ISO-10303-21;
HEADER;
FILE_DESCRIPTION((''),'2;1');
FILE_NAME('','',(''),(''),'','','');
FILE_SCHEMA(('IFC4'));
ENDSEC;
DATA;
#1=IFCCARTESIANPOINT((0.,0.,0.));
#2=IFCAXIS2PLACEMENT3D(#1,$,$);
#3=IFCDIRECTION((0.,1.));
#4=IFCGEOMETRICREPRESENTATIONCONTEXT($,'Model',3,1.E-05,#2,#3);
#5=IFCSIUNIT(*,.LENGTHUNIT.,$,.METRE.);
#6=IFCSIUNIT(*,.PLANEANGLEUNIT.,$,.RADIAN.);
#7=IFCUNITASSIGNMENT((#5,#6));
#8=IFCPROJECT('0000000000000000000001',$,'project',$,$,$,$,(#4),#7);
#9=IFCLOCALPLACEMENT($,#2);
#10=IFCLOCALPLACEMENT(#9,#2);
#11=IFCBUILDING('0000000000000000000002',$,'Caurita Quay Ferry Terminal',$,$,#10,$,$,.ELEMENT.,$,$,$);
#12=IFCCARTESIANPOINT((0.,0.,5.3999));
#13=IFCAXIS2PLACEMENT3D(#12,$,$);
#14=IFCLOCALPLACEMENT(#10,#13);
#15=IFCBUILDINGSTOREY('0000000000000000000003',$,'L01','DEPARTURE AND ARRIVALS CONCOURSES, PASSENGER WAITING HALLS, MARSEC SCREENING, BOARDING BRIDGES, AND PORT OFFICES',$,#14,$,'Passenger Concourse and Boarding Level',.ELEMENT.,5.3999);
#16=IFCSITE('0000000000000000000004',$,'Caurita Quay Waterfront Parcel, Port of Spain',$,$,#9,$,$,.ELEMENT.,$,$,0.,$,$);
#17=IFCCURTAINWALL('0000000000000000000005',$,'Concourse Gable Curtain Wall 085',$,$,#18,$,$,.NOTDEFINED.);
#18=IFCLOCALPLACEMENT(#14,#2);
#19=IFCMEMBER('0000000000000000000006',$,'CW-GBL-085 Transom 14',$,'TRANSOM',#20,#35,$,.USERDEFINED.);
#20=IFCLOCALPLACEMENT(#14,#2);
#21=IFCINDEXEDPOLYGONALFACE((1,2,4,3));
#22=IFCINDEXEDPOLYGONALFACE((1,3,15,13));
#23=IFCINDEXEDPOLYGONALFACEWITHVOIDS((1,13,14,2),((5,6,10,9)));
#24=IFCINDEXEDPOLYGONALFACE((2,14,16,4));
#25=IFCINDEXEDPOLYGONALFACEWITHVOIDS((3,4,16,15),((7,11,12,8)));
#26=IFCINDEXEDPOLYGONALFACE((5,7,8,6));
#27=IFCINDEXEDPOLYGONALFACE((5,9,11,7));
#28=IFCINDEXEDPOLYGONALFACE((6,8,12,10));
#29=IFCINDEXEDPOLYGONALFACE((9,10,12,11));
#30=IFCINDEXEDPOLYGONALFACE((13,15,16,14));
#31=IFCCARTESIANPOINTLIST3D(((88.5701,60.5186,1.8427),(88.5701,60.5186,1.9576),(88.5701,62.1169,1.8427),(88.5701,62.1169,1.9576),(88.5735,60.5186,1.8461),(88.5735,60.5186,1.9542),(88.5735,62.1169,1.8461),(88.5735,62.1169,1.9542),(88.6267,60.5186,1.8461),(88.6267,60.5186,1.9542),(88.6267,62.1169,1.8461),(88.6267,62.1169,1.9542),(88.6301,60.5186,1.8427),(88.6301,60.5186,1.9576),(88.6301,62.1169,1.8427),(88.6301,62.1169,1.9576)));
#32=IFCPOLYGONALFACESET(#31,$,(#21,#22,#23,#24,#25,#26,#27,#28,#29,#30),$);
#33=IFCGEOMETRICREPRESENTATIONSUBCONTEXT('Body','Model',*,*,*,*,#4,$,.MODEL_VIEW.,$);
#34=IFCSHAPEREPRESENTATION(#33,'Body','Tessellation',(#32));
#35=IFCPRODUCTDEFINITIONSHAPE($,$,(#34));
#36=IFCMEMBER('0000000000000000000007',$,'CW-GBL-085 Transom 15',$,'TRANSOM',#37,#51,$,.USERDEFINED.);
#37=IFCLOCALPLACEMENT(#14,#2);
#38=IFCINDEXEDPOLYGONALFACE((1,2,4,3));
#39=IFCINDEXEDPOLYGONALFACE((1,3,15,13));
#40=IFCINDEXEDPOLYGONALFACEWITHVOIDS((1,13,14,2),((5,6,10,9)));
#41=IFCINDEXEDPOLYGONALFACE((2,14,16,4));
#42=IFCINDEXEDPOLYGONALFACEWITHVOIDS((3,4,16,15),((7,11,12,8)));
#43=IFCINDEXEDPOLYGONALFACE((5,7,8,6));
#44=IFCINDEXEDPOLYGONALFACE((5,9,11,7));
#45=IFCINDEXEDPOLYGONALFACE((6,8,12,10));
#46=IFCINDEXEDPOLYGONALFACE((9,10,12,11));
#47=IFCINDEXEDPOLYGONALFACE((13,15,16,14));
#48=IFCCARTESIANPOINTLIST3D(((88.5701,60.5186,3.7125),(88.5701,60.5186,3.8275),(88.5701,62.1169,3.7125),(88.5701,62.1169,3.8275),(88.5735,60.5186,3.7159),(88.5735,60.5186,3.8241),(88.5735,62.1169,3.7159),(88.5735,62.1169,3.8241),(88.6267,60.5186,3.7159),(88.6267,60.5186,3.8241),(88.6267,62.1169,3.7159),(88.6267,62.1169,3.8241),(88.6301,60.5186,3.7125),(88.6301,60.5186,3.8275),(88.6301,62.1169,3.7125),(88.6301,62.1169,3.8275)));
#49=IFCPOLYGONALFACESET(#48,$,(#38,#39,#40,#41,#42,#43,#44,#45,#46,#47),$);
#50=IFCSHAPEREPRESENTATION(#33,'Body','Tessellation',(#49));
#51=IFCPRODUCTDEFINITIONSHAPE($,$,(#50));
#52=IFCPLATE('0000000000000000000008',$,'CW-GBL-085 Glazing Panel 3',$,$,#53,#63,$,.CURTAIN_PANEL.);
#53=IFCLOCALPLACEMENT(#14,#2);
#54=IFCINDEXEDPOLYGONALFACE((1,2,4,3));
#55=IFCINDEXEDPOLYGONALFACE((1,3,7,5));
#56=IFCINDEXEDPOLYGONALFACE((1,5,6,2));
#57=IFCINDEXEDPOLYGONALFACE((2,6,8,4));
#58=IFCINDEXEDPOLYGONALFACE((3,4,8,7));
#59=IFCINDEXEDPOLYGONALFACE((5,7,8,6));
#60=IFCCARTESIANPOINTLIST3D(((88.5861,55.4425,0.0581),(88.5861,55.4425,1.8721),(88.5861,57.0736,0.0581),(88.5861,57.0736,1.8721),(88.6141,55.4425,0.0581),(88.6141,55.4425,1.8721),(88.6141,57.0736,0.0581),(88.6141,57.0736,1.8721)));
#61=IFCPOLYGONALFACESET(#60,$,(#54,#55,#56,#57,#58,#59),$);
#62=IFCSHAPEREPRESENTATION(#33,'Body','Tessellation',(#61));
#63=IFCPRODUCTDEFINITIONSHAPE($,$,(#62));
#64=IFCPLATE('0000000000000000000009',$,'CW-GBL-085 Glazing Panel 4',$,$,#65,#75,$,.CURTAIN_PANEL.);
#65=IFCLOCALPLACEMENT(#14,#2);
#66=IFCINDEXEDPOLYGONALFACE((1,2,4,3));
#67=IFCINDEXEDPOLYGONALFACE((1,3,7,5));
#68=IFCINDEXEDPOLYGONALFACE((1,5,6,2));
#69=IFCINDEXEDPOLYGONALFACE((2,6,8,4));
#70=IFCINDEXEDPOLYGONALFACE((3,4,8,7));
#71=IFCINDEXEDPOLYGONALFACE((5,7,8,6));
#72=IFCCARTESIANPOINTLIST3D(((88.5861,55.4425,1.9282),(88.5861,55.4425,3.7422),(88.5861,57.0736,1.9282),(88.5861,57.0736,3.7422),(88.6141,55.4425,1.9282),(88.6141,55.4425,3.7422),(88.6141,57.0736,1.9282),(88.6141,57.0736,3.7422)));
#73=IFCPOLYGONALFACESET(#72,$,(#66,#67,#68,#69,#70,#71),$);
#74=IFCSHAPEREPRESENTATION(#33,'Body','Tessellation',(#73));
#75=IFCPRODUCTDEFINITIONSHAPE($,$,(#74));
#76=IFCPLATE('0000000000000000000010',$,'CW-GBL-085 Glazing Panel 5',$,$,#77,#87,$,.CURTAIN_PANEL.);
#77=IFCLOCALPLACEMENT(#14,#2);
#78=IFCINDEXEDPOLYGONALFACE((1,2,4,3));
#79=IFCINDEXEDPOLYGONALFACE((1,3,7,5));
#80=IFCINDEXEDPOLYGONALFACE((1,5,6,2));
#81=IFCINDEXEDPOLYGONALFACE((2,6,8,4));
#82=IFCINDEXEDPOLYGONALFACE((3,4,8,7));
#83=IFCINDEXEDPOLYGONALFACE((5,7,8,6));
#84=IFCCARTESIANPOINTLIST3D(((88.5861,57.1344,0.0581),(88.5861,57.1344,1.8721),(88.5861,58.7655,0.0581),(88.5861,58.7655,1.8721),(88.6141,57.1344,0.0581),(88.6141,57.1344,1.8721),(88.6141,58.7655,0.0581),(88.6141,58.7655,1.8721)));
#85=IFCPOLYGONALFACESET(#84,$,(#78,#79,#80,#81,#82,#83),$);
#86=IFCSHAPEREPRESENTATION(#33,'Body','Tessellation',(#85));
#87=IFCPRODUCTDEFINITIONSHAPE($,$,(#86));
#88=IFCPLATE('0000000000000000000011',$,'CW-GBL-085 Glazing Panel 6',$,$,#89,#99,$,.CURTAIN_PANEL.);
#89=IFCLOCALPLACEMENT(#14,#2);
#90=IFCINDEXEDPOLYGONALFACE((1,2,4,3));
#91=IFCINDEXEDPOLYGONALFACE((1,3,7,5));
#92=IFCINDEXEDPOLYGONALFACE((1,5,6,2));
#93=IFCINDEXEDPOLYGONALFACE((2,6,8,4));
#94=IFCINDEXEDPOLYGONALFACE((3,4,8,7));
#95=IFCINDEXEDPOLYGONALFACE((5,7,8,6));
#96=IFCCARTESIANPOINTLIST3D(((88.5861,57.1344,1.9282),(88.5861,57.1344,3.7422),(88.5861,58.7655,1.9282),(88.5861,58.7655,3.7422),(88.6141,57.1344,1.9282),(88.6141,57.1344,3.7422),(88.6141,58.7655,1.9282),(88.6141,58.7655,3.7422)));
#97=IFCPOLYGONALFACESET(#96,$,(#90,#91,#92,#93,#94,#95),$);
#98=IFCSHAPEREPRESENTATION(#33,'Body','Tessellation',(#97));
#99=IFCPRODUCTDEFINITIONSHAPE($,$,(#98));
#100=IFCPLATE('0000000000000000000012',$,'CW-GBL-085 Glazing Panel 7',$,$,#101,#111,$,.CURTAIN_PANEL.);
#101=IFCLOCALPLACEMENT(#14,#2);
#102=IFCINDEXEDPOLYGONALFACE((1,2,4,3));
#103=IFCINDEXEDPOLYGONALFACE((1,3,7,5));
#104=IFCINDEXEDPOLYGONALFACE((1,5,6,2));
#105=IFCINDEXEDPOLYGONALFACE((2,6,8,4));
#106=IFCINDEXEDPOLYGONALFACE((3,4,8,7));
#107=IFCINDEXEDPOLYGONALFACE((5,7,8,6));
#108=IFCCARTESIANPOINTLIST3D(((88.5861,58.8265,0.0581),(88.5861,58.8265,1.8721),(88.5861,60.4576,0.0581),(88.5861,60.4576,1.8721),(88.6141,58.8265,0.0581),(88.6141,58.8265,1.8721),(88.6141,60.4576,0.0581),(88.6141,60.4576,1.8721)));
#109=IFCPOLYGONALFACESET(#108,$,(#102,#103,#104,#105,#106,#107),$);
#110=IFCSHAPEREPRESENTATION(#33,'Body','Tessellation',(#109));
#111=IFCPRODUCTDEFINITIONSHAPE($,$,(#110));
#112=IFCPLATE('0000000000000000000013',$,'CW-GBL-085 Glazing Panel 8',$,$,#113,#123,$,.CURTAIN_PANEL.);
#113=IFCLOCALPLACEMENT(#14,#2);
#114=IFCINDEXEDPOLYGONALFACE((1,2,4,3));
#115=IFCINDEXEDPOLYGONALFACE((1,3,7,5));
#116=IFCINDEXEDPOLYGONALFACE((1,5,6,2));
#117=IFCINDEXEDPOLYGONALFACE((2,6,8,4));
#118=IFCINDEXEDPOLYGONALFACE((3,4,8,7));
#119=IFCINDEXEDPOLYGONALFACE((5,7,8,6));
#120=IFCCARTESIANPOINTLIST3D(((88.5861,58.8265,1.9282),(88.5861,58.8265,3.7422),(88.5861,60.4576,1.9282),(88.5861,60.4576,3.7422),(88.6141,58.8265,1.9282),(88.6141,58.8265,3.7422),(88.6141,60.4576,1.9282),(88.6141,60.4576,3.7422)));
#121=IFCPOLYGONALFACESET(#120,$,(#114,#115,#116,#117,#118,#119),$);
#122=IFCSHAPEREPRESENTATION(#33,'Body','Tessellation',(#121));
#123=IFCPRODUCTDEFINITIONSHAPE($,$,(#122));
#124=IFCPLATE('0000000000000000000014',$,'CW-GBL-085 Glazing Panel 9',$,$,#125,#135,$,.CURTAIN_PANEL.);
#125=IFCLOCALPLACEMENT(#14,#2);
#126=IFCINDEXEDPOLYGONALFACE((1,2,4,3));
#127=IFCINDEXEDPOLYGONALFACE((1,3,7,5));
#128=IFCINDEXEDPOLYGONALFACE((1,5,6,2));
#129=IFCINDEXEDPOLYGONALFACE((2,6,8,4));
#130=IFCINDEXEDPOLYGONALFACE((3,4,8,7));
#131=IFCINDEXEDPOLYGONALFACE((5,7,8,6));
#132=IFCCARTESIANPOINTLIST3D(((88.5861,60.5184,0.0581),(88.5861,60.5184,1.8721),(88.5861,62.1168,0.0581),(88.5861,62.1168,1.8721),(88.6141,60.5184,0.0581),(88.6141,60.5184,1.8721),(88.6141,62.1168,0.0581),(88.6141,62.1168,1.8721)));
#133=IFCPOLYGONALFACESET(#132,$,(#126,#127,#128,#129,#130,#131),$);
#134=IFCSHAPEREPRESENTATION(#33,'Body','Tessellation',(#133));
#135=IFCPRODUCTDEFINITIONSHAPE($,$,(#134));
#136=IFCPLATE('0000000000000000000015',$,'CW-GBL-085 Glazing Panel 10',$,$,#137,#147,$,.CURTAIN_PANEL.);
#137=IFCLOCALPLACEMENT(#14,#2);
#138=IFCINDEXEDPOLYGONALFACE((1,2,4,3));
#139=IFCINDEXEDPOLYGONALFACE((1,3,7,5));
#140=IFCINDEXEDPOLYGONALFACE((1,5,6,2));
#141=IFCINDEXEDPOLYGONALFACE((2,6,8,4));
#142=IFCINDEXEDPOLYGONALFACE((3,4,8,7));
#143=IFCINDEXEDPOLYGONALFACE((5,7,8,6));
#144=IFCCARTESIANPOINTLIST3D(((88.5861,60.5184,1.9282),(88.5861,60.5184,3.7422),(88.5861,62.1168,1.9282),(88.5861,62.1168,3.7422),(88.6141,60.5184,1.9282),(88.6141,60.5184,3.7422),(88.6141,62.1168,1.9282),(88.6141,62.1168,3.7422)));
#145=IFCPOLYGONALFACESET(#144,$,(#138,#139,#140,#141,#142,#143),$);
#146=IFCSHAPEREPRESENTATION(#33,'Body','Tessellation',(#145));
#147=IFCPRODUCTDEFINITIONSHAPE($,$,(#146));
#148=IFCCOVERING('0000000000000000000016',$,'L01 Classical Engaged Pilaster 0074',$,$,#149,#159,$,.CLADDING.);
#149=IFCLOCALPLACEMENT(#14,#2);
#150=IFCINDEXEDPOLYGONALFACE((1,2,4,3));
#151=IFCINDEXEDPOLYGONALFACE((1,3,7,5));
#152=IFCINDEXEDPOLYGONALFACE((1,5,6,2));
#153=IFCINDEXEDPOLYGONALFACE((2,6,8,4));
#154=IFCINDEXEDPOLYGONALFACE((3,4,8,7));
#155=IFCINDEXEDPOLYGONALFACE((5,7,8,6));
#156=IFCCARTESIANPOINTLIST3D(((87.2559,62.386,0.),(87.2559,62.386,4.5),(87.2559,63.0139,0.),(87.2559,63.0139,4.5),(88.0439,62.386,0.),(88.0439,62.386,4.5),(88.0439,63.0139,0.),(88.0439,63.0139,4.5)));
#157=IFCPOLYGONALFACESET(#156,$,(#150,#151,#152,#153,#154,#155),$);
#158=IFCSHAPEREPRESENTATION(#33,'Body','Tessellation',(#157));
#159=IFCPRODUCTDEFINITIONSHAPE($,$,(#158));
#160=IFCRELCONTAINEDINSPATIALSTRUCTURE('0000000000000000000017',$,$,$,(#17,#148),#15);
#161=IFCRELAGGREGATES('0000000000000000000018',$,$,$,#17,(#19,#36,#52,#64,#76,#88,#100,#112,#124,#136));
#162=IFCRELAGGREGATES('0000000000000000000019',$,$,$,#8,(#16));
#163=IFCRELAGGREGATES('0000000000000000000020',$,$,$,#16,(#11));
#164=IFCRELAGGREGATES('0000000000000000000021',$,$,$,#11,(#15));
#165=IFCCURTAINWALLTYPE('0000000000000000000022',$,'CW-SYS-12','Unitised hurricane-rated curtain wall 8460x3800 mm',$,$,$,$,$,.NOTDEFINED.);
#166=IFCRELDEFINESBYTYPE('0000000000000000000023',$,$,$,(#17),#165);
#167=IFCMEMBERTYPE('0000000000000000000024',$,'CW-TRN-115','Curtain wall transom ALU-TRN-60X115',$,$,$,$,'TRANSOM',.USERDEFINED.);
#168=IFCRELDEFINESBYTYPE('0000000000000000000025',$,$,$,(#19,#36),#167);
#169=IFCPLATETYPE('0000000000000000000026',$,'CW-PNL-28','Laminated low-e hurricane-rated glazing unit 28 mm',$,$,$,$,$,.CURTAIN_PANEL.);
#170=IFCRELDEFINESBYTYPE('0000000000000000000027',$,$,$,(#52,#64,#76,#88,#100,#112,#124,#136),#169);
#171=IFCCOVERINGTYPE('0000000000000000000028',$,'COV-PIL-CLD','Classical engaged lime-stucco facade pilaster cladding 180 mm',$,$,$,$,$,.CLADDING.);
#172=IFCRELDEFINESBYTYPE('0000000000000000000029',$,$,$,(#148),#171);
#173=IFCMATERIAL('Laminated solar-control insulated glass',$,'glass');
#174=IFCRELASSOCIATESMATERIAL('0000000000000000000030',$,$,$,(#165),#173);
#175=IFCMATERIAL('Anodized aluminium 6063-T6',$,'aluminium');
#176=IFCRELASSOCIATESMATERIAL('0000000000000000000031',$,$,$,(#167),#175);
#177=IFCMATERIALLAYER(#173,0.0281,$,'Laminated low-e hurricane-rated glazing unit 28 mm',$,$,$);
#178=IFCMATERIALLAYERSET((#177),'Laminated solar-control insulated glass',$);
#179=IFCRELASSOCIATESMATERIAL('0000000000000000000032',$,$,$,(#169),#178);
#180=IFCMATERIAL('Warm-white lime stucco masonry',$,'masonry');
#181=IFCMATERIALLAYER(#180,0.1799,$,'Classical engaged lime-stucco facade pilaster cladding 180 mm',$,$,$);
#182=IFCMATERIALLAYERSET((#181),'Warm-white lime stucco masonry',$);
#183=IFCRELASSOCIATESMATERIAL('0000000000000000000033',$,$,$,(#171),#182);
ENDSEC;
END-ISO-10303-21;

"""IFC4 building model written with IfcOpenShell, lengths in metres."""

from ifc_helpers import new_model, si_unit, direction, frame, origin, origin_2d, place, context, subcontext, project, spatial, rectangle, hollow_rectangle, extrude, material, layer, layer_set, material_profile, profile_set, type_object, element, aggregate, save


model = new_model("IFC4")

# Units and contexts
model_context = context("Model", 3, precision=1e-05, world=origin(), true_north=direction((0.0, 1.0)))
body_context = subcontext(model_context, "Body", "Model", "MODEL_VIEW")
ifc_project = project(units=[si_unit("LENGTHUNIT", "METRE"), si_unit("PLANEANGLEUNIT", "RADIAN")], contexts=[model_context])

# Site, building, storey
site_placement = place(None, origin())
site = spatial("IfcSite", under=ifc_project, at=site_placement, Name="Caurita Quay Waterfront Parcel, Port of Spain", CompositionType="ELEMENT", RefElevation=0.0)
building_placement = place(site_placement, origin())
building = spatial("IfcBuilding", under=site, at=building_placement, Name="Caurita Quay Ferry Terminal", CompositionType="ELEMENT")
storey_placement = place(building_placement, frame((0.0, 0.0, 5.3999)))
storey = spatial("IfcBuildingStorey", under=building, at=storey_placement, Name="L01", Description="DEPARTURE AND ARRIVALS CONCOURSES, PASSENGER WAITING HALLS, MARSEC SCREENING, BOARDING BRIDGES, AND PORT OFFICES", LongName="Passenger Concourse and Boarding Level", CompositionType="ELEMENT", Elevation=5.3999)

# Curtain wall, members, plates
ifc_material_1 = material(Name="Laminated solar-control insulated glass", Category="glass")
curtain_wall_type = type_object("IfcCurtainWallType", Name="CW-SYS-12", Description="Unitised hurricane-rated curtain wall 8460x3800 mm", PredefinedType="NOTDEFINED", material=ifc_material_1)
curtain_wall_placement = place(storey_placement, origin())
curtain_wall = element("IfcCurtainWall", 1, at=curtain_wall_placement, inside=storey, type_object=curtain_wall_type, Name="Concourse Gable Curtain Wall 085", PredefinedType="NOTDEFINED")
ifc_material_2 = material(Name="Anodized aluminium 6063-T6", Category="aluminium")
ifc_material_profile_1 = material_profile(ifc_material_2, hollow_rectangle(XDim=0.0601, YDim=0.115, WallThickness=0.0034, at=origin_2d()), Name="ALU-TRN-60X115")
ifc_profile_set_1 = profile_set([ifc_material_profile_1], Name="Anodized aluminium 6063-T6")
member_type_1 = type_object("IfcMemberType", Name="CW-TRN-115", Description="Curtain wall transom ALU-TRN-60X115", ElementType="TRANSOM", PredefinedType="USERDEFINED", material=ifc_profile_set_1)
member_1_placement = place(storey_placement, frame((88.6001, 60.5186, 1.9001), z_axis=(0.0, 1.0, 0.0), x_axis=(-1.0, 0.0, 0.0)))
member_1 = element("IfcMember", 2, at=member_1_placement, type_object=member_type_1, Name="CW-GBL-085 Transom 14", ObjectType="TRANSOM", PredefinedType="USERDEFINED", context=body_context, shape_type="SweptSolid", body=[
    extrude(hollow_rectangle(XDim=0.0601, YDim=0.115, WallThickness=0.0034, at=origin_2d()), origin(), (0.0, 0.0, 1.0), 1.5984),
])
member_2_placement = place(storey_placement, frame((88.6001, 60.5186, 3.77), z_axis=(0.0, 1.0, 0.0), x_axis=(-1.0, 0.0, 0.0)))
member_2 = element("IfcMember", 3, at=member_2_placement, type_object=member_type_1, Name="CW-GBL-085 Transom 15", ObjectType="TRANSOM", PredefinedType="USERDEFINED", context=body_context, shape_type="SweptSolid", body=[
    extrude(hollow_rectangle(XDim=0.0601, YDim=0.115, WallThickness=0.0034, at=origin_2d()), origin(), (0.0, 0.0, 1.0), 1.5984),
])
ifc_layer_1 = layer(ifc_material_1, 0.0281, Name="Laminated low-e hurricane-rated glazing unit 28 mm")
ifc_layer_set_1 = layer_set([ifc_layer_1], Name="Laminated solar-control insulated glass")
plate_type = type_object("IfcPlateType", Name="CW-PNL-28", Description="Laminated low-e hurricane-rated glazing unit 28 mm", PredefinedType="CURTAIN_PANEL", material=ifc_layer_set_1)
plate_1_placement = place(storey_placement, frame((88.6001, 56.2581, 0.0581), z_axis=(0.0, 0.0, 1.0), x_axis=(0.0, 1.0, 0.0)))
plate_1 = element("IfcPlate", 4, at=plate_1_placement, type_object=plate_type, Name="CW-GBL-085 Glazing Panel 3", PredefinedType="CURTAIN_PANEL", context=body_context, shape_type="SweptSolid", body=[
    extrude(rectangle(XDim=1.6311, YDim=0.0281, at=origin_2d()), origin(), (0.0, 0.0, 1.0), 1.814),
])
plate_2_placement = place(storey_placement, frame((88.6001, 56.2581, 1.9282), z_axis=(0.0, 0.0, 1.0), x_axis=(0.0, 1.0, 0.0)))
plate_2 = element("IfcPlate", 5, at=plate_2_placement, type_object=plate_type, Name="CW-GBL-085 Glazing Panel 4", PredefinedType="CURTAIN_PANEL", context=body_context, shape_type="SweptSolid", body=[
    extrude(rectangle(XDim=1.6311, YDim=0.0281, at=origin_2d()), origin(), (0.0, 0.0, 1.0), 1.814),
])
plate_3_placement = place(storey_placement, frame((88.6001, 57.95, 0.0581), z_axis=(0.0, 0.0, 1.0), x_axis=(0.0, 1.0, 0.0)))
plate_3 = element("IfcPlate", 6, at=plate_3_placement, type_object=plate_type, Name="CW-GBL-085 Glazing Panel 5", PredefinedType="CURTAIN_PANEL", context=body_context, shape_type="SweptSolid", body=[
    extrude(rectangle(XDim=1.6311, YDim=0.0281, at=origin_2d()), origin(), (0.0, 0.0, 1.0), 1.814),
])
plate_4_placement = place(storey_placement, frame((88.6001, 57.95, 1.9282), z_axis=(0.0, 0.0, 1.0), x_axis=(0.0, 1.0, 0.0)))
plate_4 = element("IfcPlate", 7, at=plate_4_placement, type_object=plate_type, Name="CW-GBL-085 Glazing Panel 6", PredefinedType="CURTAIN_PANEL", context=body_context, shape_type="SweptSolid", body=[
    extrude(rectangle(XDim=1.6311, YDim=0.0281, at=origin_2d()), origin(), (0.0, 0.0, 1.0), 1.814),
])
plate_5_placement = place(storey_placement, frame((88.6001, 59.6421, 0.0581), z_axis=(0.0, 0.0, 1.0), x_axis=(0.0, 1.0, 0.0)))
plate_5 = element("IfcPlate", 8, at=plate_5_placement, type_object=plate_type, Name="CW-GBL-085 Glazing Panel 7", PredefinedType="CURTAIN_PANEL", context=body_context, shape_type="SweptSolid", body=[
    extrude(rectangle(XDim=1.6311, YDim=0.0281, at=origin_2d()), origin(), (0.0, 0.0, 1.0), 1.814),
])
plate_6_placement = place(storey_placement, frame((88.6001, 59.6421, 1.9282), z_axis=(0.0, 0.0, 1.0), x_axis=(0.0, 1.0, 0.0)))
plate_6 = element("IfcPlate", 9, at=plate_6_placement, type_object=plate_type, Name="CW-GBL-085 Glazing Panel 8", PredefinedType="CURTAIN_PANEL", context=body_context, shape_type="SweptSolid", body=[
    extrude(rectangle(XDim=1.6311, YDim=0.0281, at=origin_2d()), origin(), (0.0, 0.0, 1.0), 1.814),
])
plate_7_placement = place(storey_placement, frame((88.6001, 61.3176, 0.0581), z_axis=(0.0, 0.0, 1.0), x_axis=(0.0, 1.0, 0.0)))
plate_7 = element("IfcPlate", 10, at=plate_7_placement, type_object=plate_type, Name="CW-GBL-085 Glazing Panel 9", PredefinedType="CURTAIN_PANEL", context=body_context, shape_type="SweptSolid", body=[
    extrude(rectangle(XDim=1.5984, YDim=0.0281, at=origin_2d()), origin(), (0.0, 0.0, 1.0), 1.814),
])
plate_8_placement = place(storey_placement, frame((88.6001, 61.3176, 1.9282), z_axis=(0.0, 0.0, 1.0), x_axis=(0.0, 1.0, 0.0)))
plate_8 = element("IfcPlate", 11, at=plate_8_placement, type_object=plate_type, Name="CW-GBL-085 Glazing Panel 10", PredefinedType="CURTAIN_PANEL", context=body_context, shape_type="SweptSolid", body=[
    extrude(rectangle(XDim=1.5984, YDim=0.0281, at=origin_2d()), origin(), (0.0, 0.0, 1.0), 1.814),
])
aggregate(curtain_wall, [member_1, member_2, plate_1, plate_2, plate_3, plate_4, plate_5, plate_6, plate_7, plate_8])

# Covering
ifc_material_3 = material(Name="Warm-white lime stucco masonry", Category="masonry")
ifc_layer_2 = layer(ifc_material_3, 0.1799, Name="Classical engaged lime-stucco facade pilaster cladding 180 mm")
ifc_layer_set_2 = layer_set([ifc_layer_2], Name="Warm-white lime stucco masonry")
covering_type = type_object("IfcCoveringType", Name="COV-PIL-CLD", Description="Classical engaged lime-stucco facade pilaster cladding 180 mm", PredefinedType="CLADDING", material=ifc_layer_set_2)
covering_placement = place(storey_placement, frame((87.6499, 62.7, 0.0), z_axis=(0.0, 0.0, 1.0), x_axis=(1.0, 0.0, 0.0)))
element("IfcCovering", 12, at=covering_placement, inside=storey, type_object=covering_type, Name="L01 Classical Engaged Pilaster 0074", PredefinedType="CLADDING", context=body_context, shape_type="SweptSolid", body=[
    extrude(rectangle(XDim=0.7881, YDim=0.6279, at=origin_2d()), origin(), (0.0, 0.0, 1.0), 4.5),
])

save(model, "model.ifc")
